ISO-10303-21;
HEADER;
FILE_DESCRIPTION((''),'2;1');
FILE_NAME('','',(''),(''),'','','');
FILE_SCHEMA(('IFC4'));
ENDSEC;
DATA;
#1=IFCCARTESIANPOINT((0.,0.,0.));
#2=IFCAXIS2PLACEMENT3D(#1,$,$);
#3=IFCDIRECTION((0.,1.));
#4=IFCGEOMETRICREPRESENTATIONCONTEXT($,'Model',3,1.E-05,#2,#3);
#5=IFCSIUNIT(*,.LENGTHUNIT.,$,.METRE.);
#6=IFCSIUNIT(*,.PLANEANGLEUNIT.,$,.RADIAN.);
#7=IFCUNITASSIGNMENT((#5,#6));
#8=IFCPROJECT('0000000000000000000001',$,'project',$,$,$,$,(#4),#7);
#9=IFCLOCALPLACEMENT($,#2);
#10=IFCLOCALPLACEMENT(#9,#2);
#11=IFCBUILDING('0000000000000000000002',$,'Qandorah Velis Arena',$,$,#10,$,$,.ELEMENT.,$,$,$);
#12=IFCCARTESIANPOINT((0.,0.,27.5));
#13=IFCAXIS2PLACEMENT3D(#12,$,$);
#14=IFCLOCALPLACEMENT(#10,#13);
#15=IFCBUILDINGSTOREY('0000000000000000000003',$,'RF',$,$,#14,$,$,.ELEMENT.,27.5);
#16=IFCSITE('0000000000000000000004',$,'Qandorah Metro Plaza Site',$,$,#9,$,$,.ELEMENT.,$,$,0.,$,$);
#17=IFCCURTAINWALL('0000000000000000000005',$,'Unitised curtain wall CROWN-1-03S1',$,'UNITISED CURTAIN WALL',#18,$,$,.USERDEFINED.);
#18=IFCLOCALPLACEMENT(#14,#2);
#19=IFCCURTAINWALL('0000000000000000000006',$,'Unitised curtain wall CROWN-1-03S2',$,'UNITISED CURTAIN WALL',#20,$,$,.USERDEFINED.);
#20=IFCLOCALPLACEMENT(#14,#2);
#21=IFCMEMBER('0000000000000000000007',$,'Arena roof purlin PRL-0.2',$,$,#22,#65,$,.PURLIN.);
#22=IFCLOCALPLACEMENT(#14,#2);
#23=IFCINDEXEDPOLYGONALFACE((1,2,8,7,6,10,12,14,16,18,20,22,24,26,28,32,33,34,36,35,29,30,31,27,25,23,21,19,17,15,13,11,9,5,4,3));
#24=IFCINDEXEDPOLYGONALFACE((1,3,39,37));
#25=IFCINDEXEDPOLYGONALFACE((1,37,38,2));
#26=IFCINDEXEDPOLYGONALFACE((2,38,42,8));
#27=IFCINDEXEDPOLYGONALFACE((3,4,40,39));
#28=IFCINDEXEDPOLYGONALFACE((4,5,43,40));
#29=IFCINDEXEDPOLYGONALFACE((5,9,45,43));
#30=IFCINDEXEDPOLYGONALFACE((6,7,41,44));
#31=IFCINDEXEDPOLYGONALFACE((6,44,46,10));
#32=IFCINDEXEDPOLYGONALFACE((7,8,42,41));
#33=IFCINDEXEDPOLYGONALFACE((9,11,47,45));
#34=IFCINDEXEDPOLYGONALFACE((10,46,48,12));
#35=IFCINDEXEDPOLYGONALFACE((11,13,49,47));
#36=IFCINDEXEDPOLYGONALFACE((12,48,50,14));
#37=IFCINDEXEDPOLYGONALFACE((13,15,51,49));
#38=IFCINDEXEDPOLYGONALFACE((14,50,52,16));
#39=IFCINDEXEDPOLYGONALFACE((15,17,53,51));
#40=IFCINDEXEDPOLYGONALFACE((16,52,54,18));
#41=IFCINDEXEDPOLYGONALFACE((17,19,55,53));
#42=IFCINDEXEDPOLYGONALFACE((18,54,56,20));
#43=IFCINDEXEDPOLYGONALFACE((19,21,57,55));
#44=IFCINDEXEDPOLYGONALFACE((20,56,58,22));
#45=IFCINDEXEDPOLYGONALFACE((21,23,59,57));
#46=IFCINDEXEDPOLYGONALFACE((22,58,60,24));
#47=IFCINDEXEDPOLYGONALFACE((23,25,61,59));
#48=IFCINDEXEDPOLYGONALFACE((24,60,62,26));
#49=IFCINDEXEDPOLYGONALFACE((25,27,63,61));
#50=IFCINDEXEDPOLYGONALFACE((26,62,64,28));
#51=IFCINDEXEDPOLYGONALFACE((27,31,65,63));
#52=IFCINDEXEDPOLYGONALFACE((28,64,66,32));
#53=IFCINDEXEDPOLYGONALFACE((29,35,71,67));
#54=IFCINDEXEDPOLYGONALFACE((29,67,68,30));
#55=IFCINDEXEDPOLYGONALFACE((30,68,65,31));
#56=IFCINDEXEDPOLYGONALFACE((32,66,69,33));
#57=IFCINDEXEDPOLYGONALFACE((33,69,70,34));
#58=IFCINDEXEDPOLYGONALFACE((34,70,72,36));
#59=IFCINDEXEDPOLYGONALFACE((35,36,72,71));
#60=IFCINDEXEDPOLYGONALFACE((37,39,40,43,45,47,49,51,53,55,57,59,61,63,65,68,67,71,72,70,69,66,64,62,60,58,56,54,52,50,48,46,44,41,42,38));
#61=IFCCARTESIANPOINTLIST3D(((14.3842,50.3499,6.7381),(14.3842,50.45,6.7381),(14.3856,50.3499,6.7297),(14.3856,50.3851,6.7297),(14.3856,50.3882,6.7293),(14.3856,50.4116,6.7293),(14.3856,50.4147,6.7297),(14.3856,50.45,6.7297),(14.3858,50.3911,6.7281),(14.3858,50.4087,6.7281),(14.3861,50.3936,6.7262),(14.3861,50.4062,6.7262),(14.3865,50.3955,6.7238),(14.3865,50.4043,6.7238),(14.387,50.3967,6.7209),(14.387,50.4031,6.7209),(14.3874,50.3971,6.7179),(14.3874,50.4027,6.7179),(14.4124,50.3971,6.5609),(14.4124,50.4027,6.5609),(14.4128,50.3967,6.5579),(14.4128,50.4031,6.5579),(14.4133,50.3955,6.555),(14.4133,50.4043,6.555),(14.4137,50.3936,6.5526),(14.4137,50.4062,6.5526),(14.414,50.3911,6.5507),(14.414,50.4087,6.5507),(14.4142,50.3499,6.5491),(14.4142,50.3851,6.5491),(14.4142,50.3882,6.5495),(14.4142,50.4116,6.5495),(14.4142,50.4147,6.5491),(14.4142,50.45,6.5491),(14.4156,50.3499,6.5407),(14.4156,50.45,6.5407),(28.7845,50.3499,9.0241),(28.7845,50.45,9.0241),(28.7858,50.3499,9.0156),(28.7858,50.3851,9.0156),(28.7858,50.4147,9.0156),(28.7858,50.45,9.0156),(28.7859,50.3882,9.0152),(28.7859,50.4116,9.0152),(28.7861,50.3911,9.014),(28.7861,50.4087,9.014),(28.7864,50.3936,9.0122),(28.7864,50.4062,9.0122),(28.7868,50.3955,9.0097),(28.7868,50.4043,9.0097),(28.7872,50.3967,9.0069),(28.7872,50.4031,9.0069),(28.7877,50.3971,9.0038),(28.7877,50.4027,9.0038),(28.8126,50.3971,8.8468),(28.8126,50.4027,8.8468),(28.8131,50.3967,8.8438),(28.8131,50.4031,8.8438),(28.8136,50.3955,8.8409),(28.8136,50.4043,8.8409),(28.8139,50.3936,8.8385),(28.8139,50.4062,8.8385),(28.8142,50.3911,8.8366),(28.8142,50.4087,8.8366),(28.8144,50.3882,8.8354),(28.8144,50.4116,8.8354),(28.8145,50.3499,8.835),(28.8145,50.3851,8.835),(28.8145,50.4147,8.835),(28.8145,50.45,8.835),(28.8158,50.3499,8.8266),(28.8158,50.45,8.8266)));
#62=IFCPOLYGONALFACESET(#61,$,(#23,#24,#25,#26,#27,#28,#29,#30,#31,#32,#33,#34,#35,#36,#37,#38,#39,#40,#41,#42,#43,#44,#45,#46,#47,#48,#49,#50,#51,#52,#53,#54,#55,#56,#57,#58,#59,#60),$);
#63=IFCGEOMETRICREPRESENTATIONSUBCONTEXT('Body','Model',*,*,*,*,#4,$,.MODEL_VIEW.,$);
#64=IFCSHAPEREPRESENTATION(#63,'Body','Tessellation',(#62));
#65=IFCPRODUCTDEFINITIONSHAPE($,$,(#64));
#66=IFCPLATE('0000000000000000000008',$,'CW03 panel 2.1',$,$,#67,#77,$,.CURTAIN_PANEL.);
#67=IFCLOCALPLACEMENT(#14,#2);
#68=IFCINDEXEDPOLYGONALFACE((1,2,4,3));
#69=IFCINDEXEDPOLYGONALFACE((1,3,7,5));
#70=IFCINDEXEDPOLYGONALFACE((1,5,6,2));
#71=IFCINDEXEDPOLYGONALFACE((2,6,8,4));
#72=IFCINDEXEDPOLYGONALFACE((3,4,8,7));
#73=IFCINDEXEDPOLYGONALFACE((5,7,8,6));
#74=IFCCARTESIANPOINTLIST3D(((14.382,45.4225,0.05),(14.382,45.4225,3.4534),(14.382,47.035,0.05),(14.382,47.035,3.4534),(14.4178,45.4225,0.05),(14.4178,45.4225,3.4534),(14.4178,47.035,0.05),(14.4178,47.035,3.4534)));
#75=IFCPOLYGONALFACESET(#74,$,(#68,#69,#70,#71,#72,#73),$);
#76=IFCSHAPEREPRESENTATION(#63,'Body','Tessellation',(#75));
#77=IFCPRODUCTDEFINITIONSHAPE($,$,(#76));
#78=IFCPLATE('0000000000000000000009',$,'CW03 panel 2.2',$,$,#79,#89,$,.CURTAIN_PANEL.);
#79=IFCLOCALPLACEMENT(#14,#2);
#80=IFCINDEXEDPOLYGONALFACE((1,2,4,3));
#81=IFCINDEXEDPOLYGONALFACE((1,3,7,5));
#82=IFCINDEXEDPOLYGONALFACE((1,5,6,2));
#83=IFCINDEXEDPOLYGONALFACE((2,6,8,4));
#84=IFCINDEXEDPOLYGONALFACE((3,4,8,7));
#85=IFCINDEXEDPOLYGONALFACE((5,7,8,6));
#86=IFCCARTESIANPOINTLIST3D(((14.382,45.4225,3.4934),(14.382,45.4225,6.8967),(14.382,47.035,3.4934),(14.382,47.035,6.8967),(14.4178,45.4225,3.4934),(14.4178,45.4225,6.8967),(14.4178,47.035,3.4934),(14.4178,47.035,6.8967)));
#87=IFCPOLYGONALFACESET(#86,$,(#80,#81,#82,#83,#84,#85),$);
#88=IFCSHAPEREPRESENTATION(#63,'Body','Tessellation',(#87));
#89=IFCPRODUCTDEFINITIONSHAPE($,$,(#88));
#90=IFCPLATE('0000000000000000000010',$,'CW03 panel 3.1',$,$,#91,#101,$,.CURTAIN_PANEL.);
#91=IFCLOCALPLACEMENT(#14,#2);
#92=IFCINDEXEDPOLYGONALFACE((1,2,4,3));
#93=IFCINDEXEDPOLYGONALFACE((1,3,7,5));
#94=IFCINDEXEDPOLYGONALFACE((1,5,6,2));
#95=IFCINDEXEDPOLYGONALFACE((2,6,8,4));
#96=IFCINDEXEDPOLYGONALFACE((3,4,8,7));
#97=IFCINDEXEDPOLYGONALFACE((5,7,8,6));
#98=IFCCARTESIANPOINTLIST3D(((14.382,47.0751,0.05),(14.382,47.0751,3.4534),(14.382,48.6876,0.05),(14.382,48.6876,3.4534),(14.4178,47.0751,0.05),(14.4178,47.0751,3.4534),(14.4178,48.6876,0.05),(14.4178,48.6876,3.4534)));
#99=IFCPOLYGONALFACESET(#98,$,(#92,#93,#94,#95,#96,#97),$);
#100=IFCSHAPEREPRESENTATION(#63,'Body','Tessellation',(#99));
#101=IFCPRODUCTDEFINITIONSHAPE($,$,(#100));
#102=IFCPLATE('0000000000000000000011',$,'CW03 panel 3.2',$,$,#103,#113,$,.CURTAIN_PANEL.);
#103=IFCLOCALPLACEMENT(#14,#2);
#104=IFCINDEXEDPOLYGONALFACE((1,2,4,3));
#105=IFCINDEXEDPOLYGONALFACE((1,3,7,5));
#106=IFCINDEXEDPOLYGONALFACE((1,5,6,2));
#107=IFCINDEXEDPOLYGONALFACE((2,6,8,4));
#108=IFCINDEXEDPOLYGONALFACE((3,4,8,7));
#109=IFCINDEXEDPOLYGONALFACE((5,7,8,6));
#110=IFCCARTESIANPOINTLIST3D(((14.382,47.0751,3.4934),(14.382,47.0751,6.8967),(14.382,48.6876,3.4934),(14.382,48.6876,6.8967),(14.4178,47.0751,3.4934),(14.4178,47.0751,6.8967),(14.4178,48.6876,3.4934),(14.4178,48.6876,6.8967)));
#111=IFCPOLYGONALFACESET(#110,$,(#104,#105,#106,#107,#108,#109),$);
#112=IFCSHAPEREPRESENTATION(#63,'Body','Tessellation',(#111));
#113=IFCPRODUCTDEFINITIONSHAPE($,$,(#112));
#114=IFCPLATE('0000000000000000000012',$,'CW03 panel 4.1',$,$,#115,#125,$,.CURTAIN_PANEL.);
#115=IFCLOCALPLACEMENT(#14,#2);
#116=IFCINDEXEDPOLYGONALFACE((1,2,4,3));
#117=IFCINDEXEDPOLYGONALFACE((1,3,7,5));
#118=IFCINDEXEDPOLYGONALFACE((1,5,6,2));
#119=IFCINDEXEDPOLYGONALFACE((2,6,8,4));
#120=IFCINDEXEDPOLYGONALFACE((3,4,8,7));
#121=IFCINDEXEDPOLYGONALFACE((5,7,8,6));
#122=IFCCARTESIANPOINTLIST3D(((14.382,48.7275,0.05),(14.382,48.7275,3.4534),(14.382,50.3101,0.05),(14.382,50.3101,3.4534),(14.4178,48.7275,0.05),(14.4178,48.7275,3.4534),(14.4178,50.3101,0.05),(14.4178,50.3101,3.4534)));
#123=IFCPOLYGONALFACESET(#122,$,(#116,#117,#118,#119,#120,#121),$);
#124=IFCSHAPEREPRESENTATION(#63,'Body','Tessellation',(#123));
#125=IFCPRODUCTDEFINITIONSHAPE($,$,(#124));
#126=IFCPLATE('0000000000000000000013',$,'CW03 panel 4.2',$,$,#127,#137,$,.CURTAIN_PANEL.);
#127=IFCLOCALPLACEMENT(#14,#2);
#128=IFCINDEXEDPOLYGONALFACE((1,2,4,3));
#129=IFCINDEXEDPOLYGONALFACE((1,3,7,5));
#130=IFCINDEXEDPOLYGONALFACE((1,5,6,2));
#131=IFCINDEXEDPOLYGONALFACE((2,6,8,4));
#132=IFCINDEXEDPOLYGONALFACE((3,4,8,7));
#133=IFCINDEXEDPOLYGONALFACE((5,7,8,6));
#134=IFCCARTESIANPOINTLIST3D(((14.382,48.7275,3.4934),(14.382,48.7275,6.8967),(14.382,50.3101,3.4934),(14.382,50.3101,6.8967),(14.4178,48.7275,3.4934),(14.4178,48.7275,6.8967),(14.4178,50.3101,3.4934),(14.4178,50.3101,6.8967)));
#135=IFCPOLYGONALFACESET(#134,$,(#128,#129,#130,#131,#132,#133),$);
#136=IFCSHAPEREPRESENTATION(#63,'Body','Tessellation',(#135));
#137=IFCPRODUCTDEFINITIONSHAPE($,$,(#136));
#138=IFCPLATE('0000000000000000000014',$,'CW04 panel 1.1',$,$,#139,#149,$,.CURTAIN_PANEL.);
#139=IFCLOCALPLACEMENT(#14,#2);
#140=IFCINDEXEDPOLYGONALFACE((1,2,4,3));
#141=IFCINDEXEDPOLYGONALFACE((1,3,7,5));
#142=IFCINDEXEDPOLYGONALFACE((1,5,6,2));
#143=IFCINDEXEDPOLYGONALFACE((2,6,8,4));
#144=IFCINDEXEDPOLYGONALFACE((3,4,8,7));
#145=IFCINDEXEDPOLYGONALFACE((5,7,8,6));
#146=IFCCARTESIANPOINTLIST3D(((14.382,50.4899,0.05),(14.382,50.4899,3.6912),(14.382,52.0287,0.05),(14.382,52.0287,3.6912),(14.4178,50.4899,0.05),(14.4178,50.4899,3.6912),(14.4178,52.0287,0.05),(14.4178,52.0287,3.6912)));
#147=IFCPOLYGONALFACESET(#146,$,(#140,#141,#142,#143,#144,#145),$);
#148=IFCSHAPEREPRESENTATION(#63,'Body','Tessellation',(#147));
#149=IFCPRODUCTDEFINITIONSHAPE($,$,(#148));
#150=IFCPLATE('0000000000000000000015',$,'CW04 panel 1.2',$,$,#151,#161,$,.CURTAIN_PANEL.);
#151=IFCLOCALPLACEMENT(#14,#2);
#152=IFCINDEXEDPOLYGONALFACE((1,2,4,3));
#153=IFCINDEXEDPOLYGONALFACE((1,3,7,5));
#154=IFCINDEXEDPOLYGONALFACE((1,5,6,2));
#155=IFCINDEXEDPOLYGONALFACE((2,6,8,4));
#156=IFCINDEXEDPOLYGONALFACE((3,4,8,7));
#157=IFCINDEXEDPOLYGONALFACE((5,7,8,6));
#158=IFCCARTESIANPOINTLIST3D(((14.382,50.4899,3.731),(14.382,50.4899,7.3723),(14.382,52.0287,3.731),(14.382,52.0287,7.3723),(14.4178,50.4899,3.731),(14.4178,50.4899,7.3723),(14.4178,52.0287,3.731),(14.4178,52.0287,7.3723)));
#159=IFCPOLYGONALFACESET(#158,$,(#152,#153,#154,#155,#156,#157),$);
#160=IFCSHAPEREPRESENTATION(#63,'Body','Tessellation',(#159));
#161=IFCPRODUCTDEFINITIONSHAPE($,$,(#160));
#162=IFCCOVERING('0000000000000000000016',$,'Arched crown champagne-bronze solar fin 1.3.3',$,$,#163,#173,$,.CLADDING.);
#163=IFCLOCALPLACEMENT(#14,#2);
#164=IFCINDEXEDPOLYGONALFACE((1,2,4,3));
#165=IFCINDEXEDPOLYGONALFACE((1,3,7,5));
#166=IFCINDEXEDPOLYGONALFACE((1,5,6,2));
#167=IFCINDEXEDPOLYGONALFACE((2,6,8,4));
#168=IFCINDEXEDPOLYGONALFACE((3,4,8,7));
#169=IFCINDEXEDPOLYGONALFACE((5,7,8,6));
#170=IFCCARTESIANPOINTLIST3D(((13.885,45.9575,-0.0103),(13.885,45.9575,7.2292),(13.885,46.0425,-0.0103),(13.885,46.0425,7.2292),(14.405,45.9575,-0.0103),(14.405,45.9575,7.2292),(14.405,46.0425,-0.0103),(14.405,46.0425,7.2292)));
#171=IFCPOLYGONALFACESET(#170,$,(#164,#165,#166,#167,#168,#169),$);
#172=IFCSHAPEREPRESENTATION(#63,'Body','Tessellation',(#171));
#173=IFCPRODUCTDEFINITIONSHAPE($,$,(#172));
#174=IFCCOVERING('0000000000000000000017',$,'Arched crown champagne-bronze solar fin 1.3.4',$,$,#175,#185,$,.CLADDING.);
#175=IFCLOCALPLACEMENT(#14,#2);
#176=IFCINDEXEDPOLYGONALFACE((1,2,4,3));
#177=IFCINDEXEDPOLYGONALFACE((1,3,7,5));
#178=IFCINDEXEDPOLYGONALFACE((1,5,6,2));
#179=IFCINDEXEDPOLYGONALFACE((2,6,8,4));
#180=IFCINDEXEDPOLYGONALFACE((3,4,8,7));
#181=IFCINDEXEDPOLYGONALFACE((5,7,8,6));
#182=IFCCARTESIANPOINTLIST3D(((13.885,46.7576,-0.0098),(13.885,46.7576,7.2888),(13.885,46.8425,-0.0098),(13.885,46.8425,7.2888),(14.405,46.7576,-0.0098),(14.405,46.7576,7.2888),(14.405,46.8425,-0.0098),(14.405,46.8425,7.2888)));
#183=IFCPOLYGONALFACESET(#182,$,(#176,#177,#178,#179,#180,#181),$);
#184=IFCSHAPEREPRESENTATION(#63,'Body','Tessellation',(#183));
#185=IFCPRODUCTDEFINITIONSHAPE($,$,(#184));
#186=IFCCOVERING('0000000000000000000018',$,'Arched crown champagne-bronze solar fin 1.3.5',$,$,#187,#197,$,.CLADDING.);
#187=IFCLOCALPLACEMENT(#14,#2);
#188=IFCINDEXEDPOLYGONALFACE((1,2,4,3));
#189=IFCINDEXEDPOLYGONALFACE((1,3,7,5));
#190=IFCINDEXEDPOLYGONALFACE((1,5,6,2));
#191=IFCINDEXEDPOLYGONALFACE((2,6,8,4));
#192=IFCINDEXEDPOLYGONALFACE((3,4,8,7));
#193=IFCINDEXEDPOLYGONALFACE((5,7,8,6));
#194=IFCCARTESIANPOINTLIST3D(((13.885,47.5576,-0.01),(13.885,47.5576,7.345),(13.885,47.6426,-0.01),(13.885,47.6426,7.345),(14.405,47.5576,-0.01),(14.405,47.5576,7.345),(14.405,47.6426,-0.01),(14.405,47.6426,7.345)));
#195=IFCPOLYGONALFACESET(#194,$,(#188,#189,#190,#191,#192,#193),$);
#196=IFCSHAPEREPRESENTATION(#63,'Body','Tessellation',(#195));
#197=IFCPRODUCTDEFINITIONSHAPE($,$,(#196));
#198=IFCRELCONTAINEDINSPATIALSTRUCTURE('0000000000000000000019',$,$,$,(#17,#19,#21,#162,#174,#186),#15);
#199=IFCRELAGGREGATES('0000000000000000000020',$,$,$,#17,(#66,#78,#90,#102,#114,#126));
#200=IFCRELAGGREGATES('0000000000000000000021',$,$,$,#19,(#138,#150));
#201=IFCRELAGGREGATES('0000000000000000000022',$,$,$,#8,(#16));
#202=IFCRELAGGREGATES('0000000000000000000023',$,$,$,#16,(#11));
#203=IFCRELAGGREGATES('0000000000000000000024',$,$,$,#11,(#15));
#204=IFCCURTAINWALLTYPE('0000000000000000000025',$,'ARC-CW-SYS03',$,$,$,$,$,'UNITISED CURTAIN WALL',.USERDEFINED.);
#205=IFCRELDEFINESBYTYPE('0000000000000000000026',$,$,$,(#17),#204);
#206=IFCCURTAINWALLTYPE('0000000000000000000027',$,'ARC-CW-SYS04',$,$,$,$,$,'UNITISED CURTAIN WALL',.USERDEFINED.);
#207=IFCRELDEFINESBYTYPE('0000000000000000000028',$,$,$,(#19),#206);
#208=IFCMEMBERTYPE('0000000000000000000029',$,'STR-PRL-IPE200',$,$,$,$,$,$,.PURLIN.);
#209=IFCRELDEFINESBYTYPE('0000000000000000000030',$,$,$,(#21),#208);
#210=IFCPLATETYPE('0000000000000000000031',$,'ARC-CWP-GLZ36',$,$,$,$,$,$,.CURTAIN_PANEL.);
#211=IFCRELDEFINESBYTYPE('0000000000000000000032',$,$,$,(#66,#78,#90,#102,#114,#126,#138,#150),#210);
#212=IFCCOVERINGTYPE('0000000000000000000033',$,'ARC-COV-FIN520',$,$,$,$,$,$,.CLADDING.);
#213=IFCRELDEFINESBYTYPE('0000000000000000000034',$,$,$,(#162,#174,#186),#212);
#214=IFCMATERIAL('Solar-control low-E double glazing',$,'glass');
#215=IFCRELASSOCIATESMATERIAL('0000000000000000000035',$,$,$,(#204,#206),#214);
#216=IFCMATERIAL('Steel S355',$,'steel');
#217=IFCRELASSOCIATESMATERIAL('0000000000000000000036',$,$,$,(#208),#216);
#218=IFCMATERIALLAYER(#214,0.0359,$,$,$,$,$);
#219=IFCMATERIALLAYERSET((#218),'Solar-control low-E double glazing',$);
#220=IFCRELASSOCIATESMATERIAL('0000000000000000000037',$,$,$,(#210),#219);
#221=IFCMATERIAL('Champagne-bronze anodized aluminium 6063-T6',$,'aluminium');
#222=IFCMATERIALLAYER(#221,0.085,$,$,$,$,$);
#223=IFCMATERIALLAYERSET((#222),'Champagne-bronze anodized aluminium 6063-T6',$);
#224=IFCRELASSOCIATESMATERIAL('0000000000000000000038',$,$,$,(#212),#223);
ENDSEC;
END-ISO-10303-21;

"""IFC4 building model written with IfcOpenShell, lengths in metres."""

from ifc_helpers import new_model, si_unit, direction, frame, origin, origin_2d, place, context, subcontext, project, spatial, rectangle, i_section, extrude, material, layer, layer_set, material_profile, profile_set, type_object, element, aggregate, save


model = new_model("IFC4")

# Units and contexts
model_context = context("Model", 3, precision=1e-05, world=origin(), true_north=direction((0.0, 1.0)))
body_context = subcontext(model_context, "Body", "Model", "MODEL_VIEW")
ifc_project = project(units=[si_unit("LENGTHUNIT", "METRE"), si_unit("PLANEANGLEUNIT", "RADIAN")], contexts=[model_context])

# Site, building, storey
site_placement = place(None, origin())
site = spatial("IfcSite", under=ifc_project, at=site_placement, Name="Qandorah Metro Plaza Site", CompositionType="ELEMENT", RefElevation=0.0)
building_placement = place(site_placement, origin())
building = spatial("IfcBuilding", under=site, at=building_placement, Name="Qandorah Velis Arena", CompositionType="ELEMENT")
storey_placement = place(building_placement, frame((0.0, 0.0, 27.5)))
storey = spatial("IfcBuildingStorey", under=building, at=storey_placement, Name="RF", CompositionType="ELEMENT", Elevation=27.5)

# Curtain walls
ifc_material_1 = material(Name="Solar-control low-E double glazing", Category="glass")
curtain_wall_type_1 = type_object("IfcCurtainWallType", Name="ARC-CW-SYS03", ElementType="UNITISED CURTAIN WALL", PredefinedType="USERDEFINED", material=ifc_material_1)
curtain_wall_1_placement = place(storey_placement, origin())
curtain_wall_1 = element("IfcCurtainWall", 1, at=curtain_wall_1_placement, inside=storey, type_object=curtain_wall_type_1, Name="Unitised curtain wall CROWN-1-03S1", ObjectType="UNITISED CURTAIN WALL", PredefinedType="USERDEFINED")
ifc_material_2 = material(Name="Champagne-bronze anodized aluminium 6063-T6", Category="aluminium")
curtain_wall_type_2 = type_object("IfcCurtainWallType", Name="ARC-CW-SYS04", ElementType="UNITISED CURTAIN WALL", PredefinedType="USERDEFINED", material=ifc_material_1)
curtain_wall_2_placement = place(storey_placement, origin())
curtain_wall_2 = element("IfcCurtainWall", 2, at=curtain_wall_2_placement, inside=storey, type_object=curtain_wall_type_2, Name="Unitised curtain wall CROWN-1-03S2", ObjectType="UNITISED CURTAIN WALL", PredefinedType="USERDEFINED")

# Shared definitions
ifc_material_3 = material(Name="Steel S355", Category="steel")

# Member
ifc_material_profile_1 = material_profile(ifc_material_3, i_section(OverallWidth=0.1001, OverallDepth=0.2, WebThickness=0.0056, FlangeThickness=0.0085, FilletRadius=0.012, at=origin_2d()), Name="IPE 200")
ifc_profile_set_1 = profile_set([ifc_material_profile_1], Name="Steel S355")
member_type_1 = type_object("IfcMemberType", Name="STR-PRL-IPE200", PredefinedType="PURLIN", material=ifc_profile_set_1)
member_1_placement = place(storey_placement, frame((14.3999, 50.3999, 6.6394), z_axis=(0.987634, 0.0, 0.156778), x_axis=(0.0, 1.0, 0.0)))
element("IfcMember", 3, at=member_1_placement, inside=storey, type_object=member_type_1, Name="Arena roof purlin PRL-0.2", PredefinedType="PURLIN", context=body_context, shape_type="SweptSolid", body=[
    extrude(i_section(OverallWidth=0.1001, OverallDepth=0.2, WebThickness=0.0056, FlangeThickness=0.0085, FilletRadius=0.012, at=origin_2d()), origin(), (0.0, 0.0, 1.0), 14.5806),
])

# Plates
ifc_layer_1 = layer(ifc_material_1, 0.0359)
ifc_layer_set_1 = layer_set([ifc_layer_1], Name="Solar-control low-E double glazing")
plate_type = type_object("IfcPlateType", Name="ARC-CWP-GLZ36", PredefinedType="CURTAIN_PANEL", material=ifc_layer_set_1)
plate_1_placement = place(storey_placement, frame((14.3999, 46.2288, 0.05), z_axis=(0.0, 0.0, 1.0), x_axis=(0.0, 1.0, 0.0)))
plate_1 = element("IfcPlate", 4, at=plate_1_placement, type_object=plate_type, Name="CW03 panel 2.1", PredefinedType="CURTAIN_PANEL", context=body_context, shape_type="SweptSolid", body=[
    extrude(rectangle(XDim=1.6125, YDim=0.0359, at=origin_2d()), origin(), (0.0, 0.0, 1.0), 3.4033),
])
plate_2_placement = place(storey_placement, frame((14.3999, 46.2288, 3.4934), z_axis=(0.0, 0.0, 1.0), x_axis=(0.0, 1.0, 0.0)))
plate_2 = element("IfcPlate", 5, at=plate_2_placement, type_object=plate_type, Name="CW03 panel 2.2", PredefinedType="CURTAIN_PANEL", context=body_context, shape_type="SweptSolid", body=[
    extrude(rectangle(XDim=1.6125, YDim=0.0359, at=origin_2d()), origin(), (0.0, 0.0, 1.0), 3.4033),
])
plate_3_placement = place(storey_placement, frame((14.3999, 47.8813, 0.05), z_axis=(0.0, 0.0, 1.0), x_axis=(0.0, 1.0, 0.0)))
plate_3 = element("IfcPlate", 6, at=plate_3_placement, type_object=plate_type, Name="CW03 panel 3.1", PredefinedType="CURTAIN_PANEL", context=body_context, shape_type="SweptSolid", body=[
    extrude(rectangle(XDim=1.6125, YDim=0.0359, at=origin_2d()), origin(), (0.0, 0.0, 1.0), 3.4033),
])
plate_4_placement = place(storey_placement, frame((14.3999, 47.8813, 3.4934), z_axis=(0.0, 0.0, 1.0), x_axis=(0.0, 1.0, 0.0)))
plate_4 = element("IfcPlate", 7, at=plate_4_placement, type_object=plate_type, Name="CW03 panel 3.2", PredefinedType="CURTAIN_PANEL", context=body_context, shape_type="SweptSolid", body=[
    extrude(rectangle(XDim=1.6125, YDim=0.0359, at=origin_2d()), origin(), (0.0, 0.0, 1.0), 3.4033),
])
plate_5_placement = place(storey_placement, frame((14.3999, 49.5188, 0.05), z_axis=(0.0, 0.0, 1.0), x_axis=(0.0, 1.0, 0.0)))
plate_5 = element("IfcPlate", 8, at=plate_5_placement, type_object=plate_type, Name="CW03 panel 4.1", PredefinedType="CURTAIN_PANEL", context=body_context, shape_type="SweptSolid", body=[
    extrude(rectangle(XDim=1.5825, YDim=0.0359, at=origin_2d()), origin(), (0.0, 0.0, 1.0), 3.4033),
])
plate_6_placement = place(storey_placement, frame((14.3999, 49.5188, 3.4934), z_axis=(0.0, 0.0, 1.0), x_axis=(0.0, 1.0, 0.0)))
plate_6 = element("IfcPlate", 9, at=plate_6_placement, type_object=plate_type, Name="CW03 panel 4.2", PredefinedType="CURTAIN_PANEL", context=body_context, shape_type="SweptSolid", body=[
    extrude(rectangle(XDim=1.5825, YDim=0.0359, at=origin_2d()), origin(), (0.0, 0.0, 1.0), 3.4033),
])
aggregate(curtain_wall_1, [plate_1, plate_2, plate_3, plate_4, plate_5, plate_6])
plate_7_placement = place(storey_placement, frame((14.3999, 51.2593, 0.05), z_axis=(0.0, 0.0, 1.0), x_axis=(0.0, 1.0, 0.0)))
plate_7 = element("IfcPlate", 10, at=plate_7_placement, type_object=plate_type, Name="CW04 panel 1.1", PredefinedType="CURTAIN_PANEL", context=body_context, shape_type="SweptSolid", body=[
    extrude(rectangle(XDim=1.5388, YDim=0.0359, at=origin_2d()), origin(), (0.0, 0.0, 1.0), 3.6411),
])
plate_8_placement = place(storey_placement, frame((14.3999, 51.2593, 3.731), z_axis=(0.0, 0.0, 1.0), x_axis=(0.0, 1.0, 0.0)))
plate_8 = element("IfcPlate", 11, at=plate_8_placement, type_object=plate_type, Name="CW04 panel 1.2", PredefinedType="CURTAIN_PANEL", context=body_context, shape_type="SweptSolid", body=[
    extrude(rectangle(XDim=1.5388, YDim=0.0359, at=origin_2d()), origin(), (0.0, 0.0, 1.0), 3.6414),
])
aggregate(curtain_wall_2, [plate_7, plate_8])

# Coverings
ifc_layer_2 = layer(ifc_material_2, 0.085)
ifc_layer_set_2 = layer_set([ifc_layer_2], Name="Champagne-bronze anodized aluminium 6063-T6")
covering_type = type_object("IfcCoveringType", Name="ARC-COV-FIN520", PredefinedType="CLADDING", material=ifc_layer_set_2)
covering_1_placement = place(storey_placement, frame((14.145, 46.0, -0.0103), z_axis=(0.0, 0.0, 1.0), x_axis=(1.0, 0.0, 0.0)))
element("IfcCovering", 12, at=covering_1_placement, inside=storey, type_object=covering_type, Name="Arched crown champagne-bronze solar fin 1.3.3", PredefinedType="CLADDING", context=body_context, shape_type="SweptSolid", body=[
    extrude(rectangle(XDim=0.52, YDim=0.085, at=origin_2d()), origin(), (0.0, 0.0, 1.0), 7.2395),
])
covering_2_placement = place(storey_placement, frame((14.145, 46.8, -0.0098), z_axis=(0.0, 0.0, 1.0), x_axis=(1.0, 0.0, 0.0)))
element("IfcCovering", 13, at=covering_2_placement, inside=storey, type_object=covering_type, Name="Arched crown champagne-bronze solar fin 1.3.4", PredefinedType="CLADDING", context=body_context, shape_type="SweptSolid", body=[
    extrude(rectangle(XDim=0.52, YDim=0.085, at=origin_2d()), origin(), (0.0, 0.0, 1.0), 7.2986),
])
covering_3_placement = place(storey_placement, frame((14.145, 47.6001, -0.01), z_axis=(0.0, 0.0, 1.0), x_axis=(1.0, 0.0, 0.0)))
element("IfcCovering", 14, at=covering_3_placement, inside=storey, type_object=covering_type, Name="Arched crown champagne-bronze solar fin 1.3.5", PredefinedType="CLADDING", context=body_context, shape_type="SweptSolid", body=[
    extrude(rectangle(XDim=0.52, YDim=0.085, at=origin_2d()), origin(), (0.0, 0.0, 1.0), 7.355),
])

save(model, "model.ifc")
